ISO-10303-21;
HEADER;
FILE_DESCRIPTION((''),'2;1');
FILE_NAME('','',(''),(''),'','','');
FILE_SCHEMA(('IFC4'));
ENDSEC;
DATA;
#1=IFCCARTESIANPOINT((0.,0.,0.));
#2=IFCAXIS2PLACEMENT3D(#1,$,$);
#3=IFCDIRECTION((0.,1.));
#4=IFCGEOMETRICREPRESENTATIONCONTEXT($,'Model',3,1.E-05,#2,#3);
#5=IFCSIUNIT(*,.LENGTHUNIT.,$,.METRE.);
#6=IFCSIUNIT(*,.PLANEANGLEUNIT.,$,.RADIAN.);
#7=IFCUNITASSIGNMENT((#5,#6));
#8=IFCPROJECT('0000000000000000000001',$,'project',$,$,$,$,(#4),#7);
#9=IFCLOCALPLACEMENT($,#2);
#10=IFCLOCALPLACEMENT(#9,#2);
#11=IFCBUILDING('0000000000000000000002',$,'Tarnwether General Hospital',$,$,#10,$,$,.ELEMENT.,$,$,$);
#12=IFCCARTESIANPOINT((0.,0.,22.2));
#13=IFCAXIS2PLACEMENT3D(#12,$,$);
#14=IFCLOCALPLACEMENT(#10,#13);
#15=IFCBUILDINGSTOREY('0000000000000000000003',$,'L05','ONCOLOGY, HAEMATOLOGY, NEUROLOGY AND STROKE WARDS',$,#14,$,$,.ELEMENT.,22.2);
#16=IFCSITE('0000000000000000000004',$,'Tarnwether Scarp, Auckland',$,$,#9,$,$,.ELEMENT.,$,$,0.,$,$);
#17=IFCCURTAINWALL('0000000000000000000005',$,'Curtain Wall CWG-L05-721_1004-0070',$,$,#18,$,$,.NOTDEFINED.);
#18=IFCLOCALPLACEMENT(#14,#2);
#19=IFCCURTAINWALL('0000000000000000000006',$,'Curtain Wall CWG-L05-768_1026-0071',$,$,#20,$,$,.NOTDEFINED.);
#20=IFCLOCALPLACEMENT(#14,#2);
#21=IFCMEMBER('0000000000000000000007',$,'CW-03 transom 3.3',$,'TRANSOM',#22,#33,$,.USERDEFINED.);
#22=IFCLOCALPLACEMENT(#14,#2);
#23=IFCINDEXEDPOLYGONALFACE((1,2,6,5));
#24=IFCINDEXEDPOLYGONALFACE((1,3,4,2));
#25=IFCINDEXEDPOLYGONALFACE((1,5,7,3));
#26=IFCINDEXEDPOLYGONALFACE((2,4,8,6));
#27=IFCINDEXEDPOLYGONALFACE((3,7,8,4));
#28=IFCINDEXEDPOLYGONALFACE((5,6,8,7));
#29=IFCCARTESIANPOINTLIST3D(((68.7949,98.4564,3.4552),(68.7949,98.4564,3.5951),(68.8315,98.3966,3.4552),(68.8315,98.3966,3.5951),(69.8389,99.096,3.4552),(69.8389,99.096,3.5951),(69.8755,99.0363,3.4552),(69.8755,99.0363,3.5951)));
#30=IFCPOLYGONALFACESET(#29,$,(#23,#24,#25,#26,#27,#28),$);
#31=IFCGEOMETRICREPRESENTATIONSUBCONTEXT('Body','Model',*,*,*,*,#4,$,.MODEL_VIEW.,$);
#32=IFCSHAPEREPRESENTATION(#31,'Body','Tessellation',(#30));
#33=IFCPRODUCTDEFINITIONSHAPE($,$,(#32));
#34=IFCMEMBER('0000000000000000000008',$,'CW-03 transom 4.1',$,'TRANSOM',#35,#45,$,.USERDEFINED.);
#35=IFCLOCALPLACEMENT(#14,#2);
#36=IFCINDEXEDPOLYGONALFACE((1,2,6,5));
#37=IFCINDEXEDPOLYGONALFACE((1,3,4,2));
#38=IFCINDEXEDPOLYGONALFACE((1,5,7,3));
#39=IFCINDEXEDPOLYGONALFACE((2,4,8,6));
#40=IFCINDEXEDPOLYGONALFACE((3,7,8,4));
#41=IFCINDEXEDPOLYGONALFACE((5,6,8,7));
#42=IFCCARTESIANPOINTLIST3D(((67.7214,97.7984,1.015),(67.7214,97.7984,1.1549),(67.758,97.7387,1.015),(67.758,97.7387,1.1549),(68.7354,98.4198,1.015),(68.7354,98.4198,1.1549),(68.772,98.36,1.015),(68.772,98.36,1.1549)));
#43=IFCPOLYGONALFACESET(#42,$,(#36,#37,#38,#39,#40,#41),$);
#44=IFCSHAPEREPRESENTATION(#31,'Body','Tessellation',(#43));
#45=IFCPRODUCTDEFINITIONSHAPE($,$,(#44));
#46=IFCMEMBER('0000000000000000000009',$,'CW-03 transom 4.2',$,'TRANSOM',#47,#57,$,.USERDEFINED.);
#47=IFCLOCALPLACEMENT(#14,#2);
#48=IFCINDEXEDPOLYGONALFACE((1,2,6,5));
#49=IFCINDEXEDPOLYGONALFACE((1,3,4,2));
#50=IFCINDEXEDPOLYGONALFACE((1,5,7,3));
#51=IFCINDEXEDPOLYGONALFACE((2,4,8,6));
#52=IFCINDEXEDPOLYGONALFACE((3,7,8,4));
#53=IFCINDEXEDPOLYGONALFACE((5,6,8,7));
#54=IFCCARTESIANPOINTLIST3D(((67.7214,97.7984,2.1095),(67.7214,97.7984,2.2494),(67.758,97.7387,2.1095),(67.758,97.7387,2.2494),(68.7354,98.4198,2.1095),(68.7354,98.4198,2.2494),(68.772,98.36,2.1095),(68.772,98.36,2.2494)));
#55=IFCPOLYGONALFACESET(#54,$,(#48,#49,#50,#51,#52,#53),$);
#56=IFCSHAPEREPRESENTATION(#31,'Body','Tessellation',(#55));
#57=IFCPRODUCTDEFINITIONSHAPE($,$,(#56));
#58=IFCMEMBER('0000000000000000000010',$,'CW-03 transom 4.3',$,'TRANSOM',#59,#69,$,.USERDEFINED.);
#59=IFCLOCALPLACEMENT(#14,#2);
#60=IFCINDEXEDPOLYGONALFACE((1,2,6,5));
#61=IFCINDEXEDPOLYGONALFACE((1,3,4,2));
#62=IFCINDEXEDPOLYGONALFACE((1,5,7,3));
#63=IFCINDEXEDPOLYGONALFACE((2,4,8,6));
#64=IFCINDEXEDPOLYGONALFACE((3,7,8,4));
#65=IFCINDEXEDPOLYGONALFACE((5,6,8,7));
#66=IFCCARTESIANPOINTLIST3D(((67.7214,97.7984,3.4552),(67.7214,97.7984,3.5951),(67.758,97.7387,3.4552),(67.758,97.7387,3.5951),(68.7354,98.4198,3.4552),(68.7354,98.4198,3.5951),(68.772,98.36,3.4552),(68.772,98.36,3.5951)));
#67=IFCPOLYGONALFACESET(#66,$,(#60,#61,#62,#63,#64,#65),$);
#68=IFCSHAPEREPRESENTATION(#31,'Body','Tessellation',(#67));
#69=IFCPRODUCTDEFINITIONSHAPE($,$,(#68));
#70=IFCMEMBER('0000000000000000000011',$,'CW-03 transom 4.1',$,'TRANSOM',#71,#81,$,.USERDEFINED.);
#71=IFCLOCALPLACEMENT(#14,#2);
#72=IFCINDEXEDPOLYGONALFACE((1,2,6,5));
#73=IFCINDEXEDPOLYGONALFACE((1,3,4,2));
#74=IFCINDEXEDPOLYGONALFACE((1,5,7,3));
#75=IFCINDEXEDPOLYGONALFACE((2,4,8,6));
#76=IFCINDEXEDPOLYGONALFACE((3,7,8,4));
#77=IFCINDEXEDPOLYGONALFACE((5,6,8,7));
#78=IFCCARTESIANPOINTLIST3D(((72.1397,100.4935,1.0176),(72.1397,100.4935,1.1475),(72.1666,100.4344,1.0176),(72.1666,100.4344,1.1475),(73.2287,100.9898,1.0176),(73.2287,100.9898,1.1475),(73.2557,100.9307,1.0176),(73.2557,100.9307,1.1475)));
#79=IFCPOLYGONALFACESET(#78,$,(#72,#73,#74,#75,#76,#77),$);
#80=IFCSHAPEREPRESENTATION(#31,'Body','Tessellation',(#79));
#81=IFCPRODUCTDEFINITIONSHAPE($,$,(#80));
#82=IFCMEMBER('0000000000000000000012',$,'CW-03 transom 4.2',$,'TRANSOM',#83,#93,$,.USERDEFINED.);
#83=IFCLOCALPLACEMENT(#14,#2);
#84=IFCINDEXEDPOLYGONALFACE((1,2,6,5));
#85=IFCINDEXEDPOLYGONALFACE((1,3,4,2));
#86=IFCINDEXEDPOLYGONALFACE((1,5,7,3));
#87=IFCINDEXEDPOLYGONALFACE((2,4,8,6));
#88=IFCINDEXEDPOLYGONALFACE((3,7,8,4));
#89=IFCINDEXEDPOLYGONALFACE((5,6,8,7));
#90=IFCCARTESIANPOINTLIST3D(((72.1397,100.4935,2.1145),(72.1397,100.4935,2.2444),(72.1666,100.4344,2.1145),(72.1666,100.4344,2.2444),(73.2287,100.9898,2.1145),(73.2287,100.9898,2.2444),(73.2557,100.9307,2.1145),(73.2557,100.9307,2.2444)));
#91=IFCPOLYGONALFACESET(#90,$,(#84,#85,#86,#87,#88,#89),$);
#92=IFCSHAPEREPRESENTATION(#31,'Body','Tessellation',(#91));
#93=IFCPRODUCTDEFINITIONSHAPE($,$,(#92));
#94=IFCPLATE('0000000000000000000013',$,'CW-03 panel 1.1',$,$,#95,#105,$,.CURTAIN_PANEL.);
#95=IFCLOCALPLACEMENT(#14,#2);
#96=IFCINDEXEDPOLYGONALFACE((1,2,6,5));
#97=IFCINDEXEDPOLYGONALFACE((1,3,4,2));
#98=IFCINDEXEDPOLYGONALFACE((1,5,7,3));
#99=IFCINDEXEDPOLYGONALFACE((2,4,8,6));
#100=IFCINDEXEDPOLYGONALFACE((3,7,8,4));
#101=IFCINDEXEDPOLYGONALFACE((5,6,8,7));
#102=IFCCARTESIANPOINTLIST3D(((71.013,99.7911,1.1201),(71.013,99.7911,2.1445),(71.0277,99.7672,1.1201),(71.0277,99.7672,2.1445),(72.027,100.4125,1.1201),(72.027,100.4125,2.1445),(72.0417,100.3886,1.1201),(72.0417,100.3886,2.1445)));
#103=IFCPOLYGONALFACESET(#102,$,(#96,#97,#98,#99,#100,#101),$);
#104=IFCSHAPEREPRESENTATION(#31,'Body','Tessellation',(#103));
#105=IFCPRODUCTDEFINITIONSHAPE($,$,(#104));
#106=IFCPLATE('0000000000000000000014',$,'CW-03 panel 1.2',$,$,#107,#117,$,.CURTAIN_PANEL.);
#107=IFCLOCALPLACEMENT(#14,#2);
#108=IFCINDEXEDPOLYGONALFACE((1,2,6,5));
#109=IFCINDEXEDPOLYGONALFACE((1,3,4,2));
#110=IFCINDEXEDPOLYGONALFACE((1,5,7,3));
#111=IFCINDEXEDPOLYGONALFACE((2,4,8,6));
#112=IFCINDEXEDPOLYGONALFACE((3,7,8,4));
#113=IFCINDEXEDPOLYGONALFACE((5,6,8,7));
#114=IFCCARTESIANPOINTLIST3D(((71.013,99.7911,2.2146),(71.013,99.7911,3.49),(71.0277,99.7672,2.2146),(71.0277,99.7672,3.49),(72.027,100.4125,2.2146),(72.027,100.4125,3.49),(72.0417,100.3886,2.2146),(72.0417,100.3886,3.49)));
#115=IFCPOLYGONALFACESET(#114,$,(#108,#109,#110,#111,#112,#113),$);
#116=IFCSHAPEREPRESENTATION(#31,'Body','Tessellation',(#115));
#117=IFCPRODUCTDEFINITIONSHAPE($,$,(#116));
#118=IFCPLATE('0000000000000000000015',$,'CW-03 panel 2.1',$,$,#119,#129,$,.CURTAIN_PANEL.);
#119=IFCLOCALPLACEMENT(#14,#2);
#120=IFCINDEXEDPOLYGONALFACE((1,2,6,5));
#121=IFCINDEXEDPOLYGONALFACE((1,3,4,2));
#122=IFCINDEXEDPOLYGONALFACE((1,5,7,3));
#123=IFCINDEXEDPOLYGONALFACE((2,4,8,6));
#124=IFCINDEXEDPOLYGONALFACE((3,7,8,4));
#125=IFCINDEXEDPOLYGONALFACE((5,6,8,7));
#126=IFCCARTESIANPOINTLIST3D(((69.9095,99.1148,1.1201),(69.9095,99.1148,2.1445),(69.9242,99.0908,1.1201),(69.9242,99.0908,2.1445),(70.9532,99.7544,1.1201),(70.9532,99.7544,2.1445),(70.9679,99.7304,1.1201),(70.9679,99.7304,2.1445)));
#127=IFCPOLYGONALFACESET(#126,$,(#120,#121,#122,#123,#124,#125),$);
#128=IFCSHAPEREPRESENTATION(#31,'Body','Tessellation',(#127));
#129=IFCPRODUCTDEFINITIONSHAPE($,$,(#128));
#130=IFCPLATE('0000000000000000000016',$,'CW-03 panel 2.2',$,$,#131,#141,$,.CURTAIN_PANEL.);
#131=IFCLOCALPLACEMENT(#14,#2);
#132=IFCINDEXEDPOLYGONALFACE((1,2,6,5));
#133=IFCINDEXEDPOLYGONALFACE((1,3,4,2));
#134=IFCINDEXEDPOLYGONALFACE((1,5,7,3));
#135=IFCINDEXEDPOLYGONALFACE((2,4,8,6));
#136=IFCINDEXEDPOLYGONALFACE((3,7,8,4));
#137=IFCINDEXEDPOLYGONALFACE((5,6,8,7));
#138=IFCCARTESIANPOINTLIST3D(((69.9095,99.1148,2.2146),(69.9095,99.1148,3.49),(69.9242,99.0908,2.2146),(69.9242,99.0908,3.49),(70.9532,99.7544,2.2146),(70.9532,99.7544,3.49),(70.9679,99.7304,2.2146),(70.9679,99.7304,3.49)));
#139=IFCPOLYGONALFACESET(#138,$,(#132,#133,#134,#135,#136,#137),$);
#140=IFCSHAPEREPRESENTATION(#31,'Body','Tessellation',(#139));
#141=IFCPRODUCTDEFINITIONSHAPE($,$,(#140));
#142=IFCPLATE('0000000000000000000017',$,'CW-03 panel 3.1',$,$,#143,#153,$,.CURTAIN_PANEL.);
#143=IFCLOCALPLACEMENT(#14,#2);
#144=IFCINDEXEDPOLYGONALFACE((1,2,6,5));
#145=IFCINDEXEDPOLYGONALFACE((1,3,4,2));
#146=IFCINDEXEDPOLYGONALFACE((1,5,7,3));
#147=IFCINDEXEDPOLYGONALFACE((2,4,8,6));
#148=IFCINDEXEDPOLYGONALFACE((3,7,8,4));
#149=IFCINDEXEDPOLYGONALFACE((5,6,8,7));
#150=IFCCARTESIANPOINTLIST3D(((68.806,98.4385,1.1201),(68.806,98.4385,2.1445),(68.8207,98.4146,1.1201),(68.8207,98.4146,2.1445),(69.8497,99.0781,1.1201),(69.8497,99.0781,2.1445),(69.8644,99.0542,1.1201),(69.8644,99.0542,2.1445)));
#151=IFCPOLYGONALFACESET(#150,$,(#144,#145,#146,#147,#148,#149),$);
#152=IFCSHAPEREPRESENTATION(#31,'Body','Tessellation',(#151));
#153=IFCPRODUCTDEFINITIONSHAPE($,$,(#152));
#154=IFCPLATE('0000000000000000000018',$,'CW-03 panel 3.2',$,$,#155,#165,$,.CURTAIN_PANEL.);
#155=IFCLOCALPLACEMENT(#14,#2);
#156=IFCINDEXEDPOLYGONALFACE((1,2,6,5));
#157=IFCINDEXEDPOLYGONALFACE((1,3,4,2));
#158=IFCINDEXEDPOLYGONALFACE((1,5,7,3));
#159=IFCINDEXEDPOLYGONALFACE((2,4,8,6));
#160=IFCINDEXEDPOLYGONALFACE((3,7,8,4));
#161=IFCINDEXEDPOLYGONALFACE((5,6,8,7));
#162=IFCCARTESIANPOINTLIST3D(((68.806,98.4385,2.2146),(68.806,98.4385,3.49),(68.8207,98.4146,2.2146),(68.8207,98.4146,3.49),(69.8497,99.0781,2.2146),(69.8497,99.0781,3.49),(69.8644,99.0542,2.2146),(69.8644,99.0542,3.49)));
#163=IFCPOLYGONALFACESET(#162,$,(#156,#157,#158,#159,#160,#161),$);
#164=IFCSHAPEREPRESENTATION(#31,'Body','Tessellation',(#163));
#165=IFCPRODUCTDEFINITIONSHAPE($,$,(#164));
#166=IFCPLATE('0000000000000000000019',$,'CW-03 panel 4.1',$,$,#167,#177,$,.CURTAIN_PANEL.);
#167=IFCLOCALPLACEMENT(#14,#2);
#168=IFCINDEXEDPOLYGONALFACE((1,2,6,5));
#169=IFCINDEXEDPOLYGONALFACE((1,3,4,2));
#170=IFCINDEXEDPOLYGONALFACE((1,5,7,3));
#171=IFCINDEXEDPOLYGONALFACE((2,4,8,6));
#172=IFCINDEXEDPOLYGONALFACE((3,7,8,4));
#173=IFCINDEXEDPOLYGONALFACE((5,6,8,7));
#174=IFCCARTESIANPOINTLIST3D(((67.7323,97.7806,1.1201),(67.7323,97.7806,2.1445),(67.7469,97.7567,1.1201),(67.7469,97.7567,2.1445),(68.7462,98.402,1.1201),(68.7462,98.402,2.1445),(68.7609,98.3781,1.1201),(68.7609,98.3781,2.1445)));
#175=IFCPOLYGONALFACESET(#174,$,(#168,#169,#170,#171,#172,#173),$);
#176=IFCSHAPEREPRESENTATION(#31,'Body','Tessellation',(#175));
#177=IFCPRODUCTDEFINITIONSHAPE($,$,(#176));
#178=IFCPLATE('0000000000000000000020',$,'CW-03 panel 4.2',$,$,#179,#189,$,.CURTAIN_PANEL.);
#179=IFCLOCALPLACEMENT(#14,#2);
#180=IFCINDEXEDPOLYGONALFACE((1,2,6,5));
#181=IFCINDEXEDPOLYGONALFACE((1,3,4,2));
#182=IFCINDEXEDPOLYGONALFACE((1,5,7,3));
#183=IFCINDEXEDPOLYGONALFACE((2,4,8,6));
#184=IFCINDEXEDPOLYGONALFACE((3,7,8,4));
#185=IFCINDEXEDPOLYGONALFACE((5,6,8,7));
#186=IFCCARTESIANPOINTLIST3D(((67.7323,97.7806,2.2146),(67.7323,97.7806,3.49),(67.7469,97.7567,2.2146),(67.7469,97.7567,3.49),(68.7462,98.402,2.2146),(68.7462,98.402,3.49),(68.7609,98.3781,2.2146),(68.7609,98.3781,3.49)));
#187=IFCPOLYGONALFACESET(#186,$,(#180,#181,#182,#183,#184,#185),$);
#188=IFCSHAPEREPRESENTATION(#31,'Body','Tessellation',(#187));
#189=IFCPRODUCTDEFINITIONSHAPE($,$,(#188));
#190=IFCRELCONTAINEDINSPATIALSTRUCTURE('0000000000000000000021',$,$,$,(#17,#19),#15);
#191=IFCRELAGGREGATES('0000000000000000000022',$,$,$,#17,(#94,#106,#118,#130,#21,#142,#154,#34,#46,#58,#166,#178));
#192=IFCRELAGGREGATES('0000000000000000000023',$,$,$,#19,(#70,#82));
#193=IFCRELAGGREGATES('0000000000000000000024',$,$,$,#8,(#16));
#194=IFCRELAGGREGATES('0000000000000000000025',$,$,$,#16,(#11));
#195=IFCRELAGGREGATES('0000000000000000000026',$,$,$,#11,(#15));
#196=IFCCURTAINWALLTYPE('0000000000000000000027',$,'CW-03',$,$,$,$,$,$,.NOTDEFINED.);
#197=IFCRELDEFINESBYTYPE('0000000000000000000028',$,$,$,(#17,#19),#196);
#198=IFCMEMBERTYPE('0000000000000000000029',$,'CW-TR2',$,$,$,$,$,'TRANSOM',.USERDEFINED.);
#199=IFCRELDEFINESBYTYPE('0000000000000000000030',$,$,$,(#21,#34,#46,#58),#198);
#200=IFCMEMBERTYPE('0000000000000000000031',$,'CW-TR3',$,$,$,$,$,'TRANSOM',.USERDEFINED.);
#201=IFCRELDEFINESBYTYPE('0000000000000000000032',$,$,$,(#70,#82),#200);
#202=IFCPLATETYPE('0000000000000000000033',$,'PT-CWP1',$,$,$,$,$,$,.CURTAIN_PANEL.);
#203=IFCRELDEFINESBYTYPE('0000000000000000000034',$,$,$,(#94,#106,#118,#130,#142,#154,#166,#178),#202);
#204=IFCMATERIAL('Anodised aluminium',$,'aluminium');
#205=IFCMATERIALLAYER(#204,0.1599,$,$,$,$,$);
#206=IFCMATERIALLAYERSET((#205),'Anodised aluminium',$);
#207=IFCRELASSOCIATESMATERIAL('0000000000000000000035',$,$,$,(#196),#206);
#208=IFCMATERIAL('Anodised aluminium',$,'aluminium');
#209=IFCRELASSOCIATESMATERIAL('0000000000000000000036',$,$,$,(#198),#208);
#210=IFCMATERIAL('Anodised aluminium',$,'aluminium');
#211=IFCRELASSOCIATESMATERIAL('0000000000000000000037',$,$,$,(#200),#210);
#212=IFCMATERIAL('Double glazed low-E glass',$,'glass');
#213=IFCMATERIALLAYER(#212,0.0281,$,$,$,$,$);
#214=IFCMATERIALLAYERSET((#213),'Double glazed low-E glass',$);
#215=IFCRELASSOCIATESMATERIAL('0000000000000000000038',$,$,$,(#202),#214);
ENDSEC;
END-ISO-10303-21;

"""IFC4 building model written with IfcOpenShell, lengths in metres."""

from ifc_helpers import new_model, si_unit, direction, frame, origin, origin_2d, place, context, subcontext, project, spatial, rectangle, extrude, material, layer, layer_set, material_profile, profile_set, type_object, element, aggregate, save


model = new_model("IFC4")

# Units and contexts
model_context = context("Model", 3, precision=1e-05, world=origin(), true_north=direction((0.0, 1.0)))
body_context = subcontext(model_context, "Body", "Model", "MODEL_VIEW")
ifc_project = project(units=[si_unit("LENGTHUNIT", "METRE"), si_unit("PLANEANGLEUNIT", "RADIAN")], contexts=[model_context])

# Site, building, storey
site_placement = place(None, origin())
site = spatial("IfcSite", under=ifc_project, at=site_placement, Name="Tarnwether Scarp, Auckland", CompositionType="ELEMENT", RefElevation=0.0)
building_placement = place(site_placement, origin())
building = spatial("IfcBuilding", under=site, at=building_placement, Name="Tarnwether General Hospital", CompositionType="ELEMENT")
storey_placement = place(building_placement, frame((0.0, 0.0, 22.2)))
storey = spatial("IfcBuildingStorey", under=building, at=storey_placement, Name="L05", Description="ONCOLOGY, HAEMATOLOGY, NEUROLOGY AND STROKE WARDS", CompositionType="ELEMENT", Elevation=22.2)

# Curtain wall
ifc_material_1 = material(Name="Anodised aluminium", Category="aluminium")
ifc_layer_1 = layer(ifc_material_1, 0.1599)
ifc_layer_set_1 = layer_set([ifc_layer_1], Name="Anodised aluminium")
curtain_wall_type = type_object("IfcCurtainWallType", Name="CW-03", PredefinedType="NOTDEFINED", material=ifc_layer_set_1)
curtain_wall_1_placement = place(storey_placement, origin())
curtain_wall_1 = element("IfcCurtainWall", 1, at=curtain_wall_1_placement, inside=storey, type_object=curtain_wall_type, Name="Curtain Wall CWG-L05-721_1004-0070", PredefinedType="NOTDEFINED")

# Curtain wall
curtain_wall_2_placement = place(storey_placement, origin())
curtain_wall_2 = element("IfcCurtainWall", 2, at=curtain_wall_2_placement, inside=storey, type_object=curtain_wall_type, Name="Curtain Wall CWG-L05-768_1026-0071", PredefinedType="NOTDEFINED")

# Members
ifc_material_2 = material(Name="Anodised aluminium", Category="aluminium")
ifc_material_profile_1 = material_profile(ifc_material_2, rectangle(XDim=0.0701, YDim=0.1399, at=origin_2d()), Name="ALU-TRN-70x140")
ifc_profile_set_1 = profile_set([ifc_material_profile_1], Name="Anodised aluminium")
member_type_1 = type_object("IfcMemberType", Name="CW-TR2", ElementType="TRANSOM", PredefinedType="USERDEFINED", material=ifc_profile_set_1)
member_1_placement = place(storey_placement, frame((69.8572, 99.0662, 3.5251), z_axis=(-0.85267, -0.52245, 0.0), x_axis=(0.52245, -0.85267, 0.0)))
member_1 = element("IfcMember", 3, at=member_1_placement, type_object=member_type_1, Name="CW-03 transom 3.3", ObjectType="TRANSOM", PredefinedType="USERDEFINED", context=body_context, shape_type="SweptSolid", body=[
    extrude(rectangle(XDim=0.0701, YDim=0.1399, at=origin_2d()), origin(), (0.0, 0.0, 1.0), 1.2244),
])
member_2_placement = place(storey_placement, frame((68.7537, 98.3899, 1.085), z_axis=(-0.852637, -0.522504, 0.0), x_axis=(0.522504, -0.852637, 0.0)))
member_2 = element("IfcMember", 4, at=member_2_placement, type_object=member_type_1, Name="CW-03 transom 4.1", ObjectType="TRANSOM", PredefinedType="USERDEFINED", context=body_context, shape_type="SweptSolid", body=[
    extrude(rectangle(XDim=0.0701, YDim=0.1399, at=origin_2d()), origin(), (0.0, 0.0, 1.0), 1.1892),
])
member_3_placement = place(storey_placement, frame((68.7537, 98.3899, 2.1794), z_axis=(-0.852637, -0.522504, 0.0), x_axis=(0.522504, -0.852637, 0.0)))
member_3 = element("IfcMember", 5, at=member_3_placement, type_object=member_type_1, Name="CW-03 transom 4.2", ObjectType="TRANSOM", PredefinedType="USERDEFINED", context=body_context, shape_type="SweptSolid", body=[
    extrude(rectangle(XDim=0.0701, YDim=0.1399, at=origin_2d()), origin(), (0.0, 0.0, 1.0), 1.1892),
])
member_4_placement = place(storey_placement, frame((68.7537, 98.3899, 3.5251), z_axis=(-0.852637, -0.522504, 0.0), x_axis=(0.522504, -0.852637, 0.0)))
member_4 = element("IfcMember", 6, at=member_4_placement, type_object=member_type_1, Name="CW-03 transom 4.3", ObjectType="TRANSOM", PredefinedType="USERDEFINED", context=body_context, shape_type="SweptSolid", body=[
    extrude(rectangle(XDim=0.0701, YDim=0.1399, at=origin_2d()), origin(), (0.0, 0.0, 1.0), 1.1892),
])
ifc_material_3 = material(Name="Anodised aluminium", Category="aluminium")
ifc_material_profile_2 = material_profile(ifc_material_3, rectangle(XDim=0.0649, YDim=0.1299, at=origin_2d()), Name="ALU-TRN-65x130")
ifc_profile_set_2 = profile_set([ifc_material_profile_2], Name="Anodised aluminium")
member_type_2 = type_object("IfcMemberType", Name="CW-TR3", ElementType="TRANSOM", PredefinedType="USERDEFINED", material=ifc_profile_set_2)
member_5_placement = place(storey_placement, frame((73.2422, 100.9602, 1.0825), z_axis=(-0.909961, -0.414694, 0.0), x_axis=(0.414694, -0.909961, 0.0)))
member_5 = element("IfcMember", 7, at=member_5_placement, type_object=member_type_2, Name="CW-03 transom 4.1", ObjectType="TRANSOM", PredefinedType="USERDEFINED", context=body_context, shape_type="SweptSolid", body=[
    extrude(rectangle(XDim=0.0649, YDim=0.1299, at=origin_2d()), origin(), (0.0, 0.0, 1.0), 1.1968),
])
member_6_placement = place(storey_placement, frame((73.2422, 100.9602, 2.1794), z_axis=(-0.909961, -0.414694, 0.0), x_axis=(0.414694, -0.909961, 0.0)))
member_6 = element("IfcMember", 8, at=member_6_placement, type_object=member_type_2, Name="CW-03 transom 4.2", ObjectType="TRANSOM", PredefinedType="USERDEFINED", context=body_context, shape_type="SweptSolid", body=[
    extrude(rectangle(XDim=0.0649, YDim=0.1299, at=origin_2d()), origin(), (0.0, 0.0, 1.0), 1.1968),
])

# Plates
ifc_material_4 = material(Name="Double glazed low-E glass", Category="glass")
ifc_layer_2 = layer(ifc_material_4, 0.0281)
ifc_layer_set_2 = layer_set([ifc_layer_2], Name="Double glazed low-E glass")
plate_type_1 = type_object("IfcPlateType", Name="PT-CWP1", PredefinedType="CURTAIN_PANEL", material=ifc_layer_set_2)
plate_1_placement = place(storey_placement, frame((71.5273, 100.0898, 1.1201), z_axis=(0.0, 0.0, 1.0), x_axis=(-0.852632, -0.522512, 0.0)))
plate_1 = element("IfcPlate", 9, at=plate_1_placement, type_object=plate_type_1, Name="CW-03 panel 1.1", PredefinedType="CURTAIN_PANEL", context=body_context, shape_type="SweptSolid", body=[
    extrude(rectangle(XDim=1.1892, YDim=0.0281, at=origin_2d()), origin(), (0.0, 0.0, 1.0), 1.0244),
])
plate_2_placement = place(storey_placement, frame((71.5273, 100.0898, 2.2146), z_axis=(0.0, 0.0, 1.0), x_axis=(-0.852632, -0.522512, 0.0)))
plate_2 = element("IfcPlate", 10, at=plate_2_placement, type_object=plate_type_1, Name="CW-03 panel 1.2", PredefinedType="CURTAIN_PANEL", context=body_context, shape_type="SweptSolid", body=[
    extrude(rectangle(XDim=1.1892, YDim=0.0281, at=origin_2d()), origin(), (0.0, 0.0, 1.0), 1.2754),
])
plate_3_placement = place(storey_placement, frame((70.4387, 99.4226, 1.1201), z_axis=(0.0, 0.0, 1.0), x_axis=(-0.852632, -0.522512, 0.0)))
plate_3 = element("IfcPlate", 11, at=plate_3_placement, type_object=plate_type_1, Name="CW-03 panel 2.1", PredefinedType="CURTAIN_PANEL", context=body_context, shape_type="SweptSolid", body=[
    extrude(rectangle(XDim=1.2241, YDim=0.0281, at=origin_2d()), origin(), (0.0, 0.0, 1.0), 1.0244),
])
plate_4_placement = place(storey_placement, frame((70.4387, 99.4226, 2.2146), z_axis=(0.0, 0.0, 1.0), x_axis=(-0.852632, -0.522512, 0.0)))
plate_4 = element("IfcPlate", 12, at=plate_4_placement, type_object=plate_type_1, Name="CW-03 panel 2.2", PredefinedType="CURTAIN_PANEL", context=body_context, shape_type="SweptSolid", body=[
    extrude(rectangle(XDim=1.2241, YDim=0.0281, at=origin_2d()), origin(), (0.0, 0.0, 1.0), 1.2754),
])
plate_5_placement = place(storey_placement, frame((69.3352, 98.7463, 1.1201), z_axis=(0.0, 0.0, 1.0), x_axis=(-0.852632, -0.522512, 0.0)))
plate_5 = element("IfcPlate", 13, at=plate_5_placement, type_object=plate_type_1, Name="CW-03 panel 3.1", PredefinedType="CURTAIN_PANEL", context=body_context, shape_type="SweptSolid", body=[
    extrude(rectangle(XDim=1.2241, YDim=0.0281, at=origin_2d()), origin(), (0.0, 0.0, 1.0), 1.0244),
])
plate_6_placement = place(storey_placement, frame((69.3352, 98.7463, 2.2146), z_axis=(0.0, 0.0, 1.0), x_axis=(-0.852632, -0.522512, 0.0)))
plate_6 = element("IfcPlate", 14, at=plate_6_placement, type_object=plate_type_1, Name="CW-03 panel 3.2", PredefinedType="CURTAIN_PANEL", context=body_context, shape_type="SweptSolid", body=[
    extrude(rectangle(XDim=1.2241, YDim=0.0281, at=origin_2d()), origin(), (0.0, 0.0, 1.0), 1.2754),
])
plate_7_placement = place(storey_placement, frame((68.2466, 98.0793, 1.1201), z_axis=(0.0, 0.0, 1.0), x_axis=(-0.852632, -0.522512, 0.0)))
plate_7 = element("IfcPlate", 15, at=plate_7_placement, type_object=plate_type_1, Name="CW-03 panel 4.1", PredefinedType="CURTAIN_PANEL", context=body_context, shape_type="SweptSolid", body=[
    extrude(rectangle(XDim=1.1892, YDim=0.0281, at=origin_2d()), origin(), (0.0, 0.0, 1.0), 1.0244),
])
plate_8_placement = place(storey_placement, frame((68.2466, 98.0793, 2.2146), z_axis=(0.0, 0.0, 1.0), x_axis=(-0.852632, -0.522512, 0.0)))
plate_8 = element("IfcPlate", 16, at=plate_8_placement, type_object=plate_type_1, Name="CW-03 panel 4.2", PredefinedType="CURTAIN_PANEL", context=body_context, shape_type="SweptSolid", body=[
    extrude(rectangle(XDim=1.1892, YDim=0.0281, at=origin_2d()), origin(), (0.0, 0.0, 1.0), 1.2754),
])
aggregate(curtain_wall_1, [plate_1, plate_2, plate_3, plate_4, member_1, plate_5, plate_6, member_2, member_3, member_4, plate_7, plate_8])
aggregate(curtain_wall_2, [member_5, member_6])

save(model, "model.ifc")
